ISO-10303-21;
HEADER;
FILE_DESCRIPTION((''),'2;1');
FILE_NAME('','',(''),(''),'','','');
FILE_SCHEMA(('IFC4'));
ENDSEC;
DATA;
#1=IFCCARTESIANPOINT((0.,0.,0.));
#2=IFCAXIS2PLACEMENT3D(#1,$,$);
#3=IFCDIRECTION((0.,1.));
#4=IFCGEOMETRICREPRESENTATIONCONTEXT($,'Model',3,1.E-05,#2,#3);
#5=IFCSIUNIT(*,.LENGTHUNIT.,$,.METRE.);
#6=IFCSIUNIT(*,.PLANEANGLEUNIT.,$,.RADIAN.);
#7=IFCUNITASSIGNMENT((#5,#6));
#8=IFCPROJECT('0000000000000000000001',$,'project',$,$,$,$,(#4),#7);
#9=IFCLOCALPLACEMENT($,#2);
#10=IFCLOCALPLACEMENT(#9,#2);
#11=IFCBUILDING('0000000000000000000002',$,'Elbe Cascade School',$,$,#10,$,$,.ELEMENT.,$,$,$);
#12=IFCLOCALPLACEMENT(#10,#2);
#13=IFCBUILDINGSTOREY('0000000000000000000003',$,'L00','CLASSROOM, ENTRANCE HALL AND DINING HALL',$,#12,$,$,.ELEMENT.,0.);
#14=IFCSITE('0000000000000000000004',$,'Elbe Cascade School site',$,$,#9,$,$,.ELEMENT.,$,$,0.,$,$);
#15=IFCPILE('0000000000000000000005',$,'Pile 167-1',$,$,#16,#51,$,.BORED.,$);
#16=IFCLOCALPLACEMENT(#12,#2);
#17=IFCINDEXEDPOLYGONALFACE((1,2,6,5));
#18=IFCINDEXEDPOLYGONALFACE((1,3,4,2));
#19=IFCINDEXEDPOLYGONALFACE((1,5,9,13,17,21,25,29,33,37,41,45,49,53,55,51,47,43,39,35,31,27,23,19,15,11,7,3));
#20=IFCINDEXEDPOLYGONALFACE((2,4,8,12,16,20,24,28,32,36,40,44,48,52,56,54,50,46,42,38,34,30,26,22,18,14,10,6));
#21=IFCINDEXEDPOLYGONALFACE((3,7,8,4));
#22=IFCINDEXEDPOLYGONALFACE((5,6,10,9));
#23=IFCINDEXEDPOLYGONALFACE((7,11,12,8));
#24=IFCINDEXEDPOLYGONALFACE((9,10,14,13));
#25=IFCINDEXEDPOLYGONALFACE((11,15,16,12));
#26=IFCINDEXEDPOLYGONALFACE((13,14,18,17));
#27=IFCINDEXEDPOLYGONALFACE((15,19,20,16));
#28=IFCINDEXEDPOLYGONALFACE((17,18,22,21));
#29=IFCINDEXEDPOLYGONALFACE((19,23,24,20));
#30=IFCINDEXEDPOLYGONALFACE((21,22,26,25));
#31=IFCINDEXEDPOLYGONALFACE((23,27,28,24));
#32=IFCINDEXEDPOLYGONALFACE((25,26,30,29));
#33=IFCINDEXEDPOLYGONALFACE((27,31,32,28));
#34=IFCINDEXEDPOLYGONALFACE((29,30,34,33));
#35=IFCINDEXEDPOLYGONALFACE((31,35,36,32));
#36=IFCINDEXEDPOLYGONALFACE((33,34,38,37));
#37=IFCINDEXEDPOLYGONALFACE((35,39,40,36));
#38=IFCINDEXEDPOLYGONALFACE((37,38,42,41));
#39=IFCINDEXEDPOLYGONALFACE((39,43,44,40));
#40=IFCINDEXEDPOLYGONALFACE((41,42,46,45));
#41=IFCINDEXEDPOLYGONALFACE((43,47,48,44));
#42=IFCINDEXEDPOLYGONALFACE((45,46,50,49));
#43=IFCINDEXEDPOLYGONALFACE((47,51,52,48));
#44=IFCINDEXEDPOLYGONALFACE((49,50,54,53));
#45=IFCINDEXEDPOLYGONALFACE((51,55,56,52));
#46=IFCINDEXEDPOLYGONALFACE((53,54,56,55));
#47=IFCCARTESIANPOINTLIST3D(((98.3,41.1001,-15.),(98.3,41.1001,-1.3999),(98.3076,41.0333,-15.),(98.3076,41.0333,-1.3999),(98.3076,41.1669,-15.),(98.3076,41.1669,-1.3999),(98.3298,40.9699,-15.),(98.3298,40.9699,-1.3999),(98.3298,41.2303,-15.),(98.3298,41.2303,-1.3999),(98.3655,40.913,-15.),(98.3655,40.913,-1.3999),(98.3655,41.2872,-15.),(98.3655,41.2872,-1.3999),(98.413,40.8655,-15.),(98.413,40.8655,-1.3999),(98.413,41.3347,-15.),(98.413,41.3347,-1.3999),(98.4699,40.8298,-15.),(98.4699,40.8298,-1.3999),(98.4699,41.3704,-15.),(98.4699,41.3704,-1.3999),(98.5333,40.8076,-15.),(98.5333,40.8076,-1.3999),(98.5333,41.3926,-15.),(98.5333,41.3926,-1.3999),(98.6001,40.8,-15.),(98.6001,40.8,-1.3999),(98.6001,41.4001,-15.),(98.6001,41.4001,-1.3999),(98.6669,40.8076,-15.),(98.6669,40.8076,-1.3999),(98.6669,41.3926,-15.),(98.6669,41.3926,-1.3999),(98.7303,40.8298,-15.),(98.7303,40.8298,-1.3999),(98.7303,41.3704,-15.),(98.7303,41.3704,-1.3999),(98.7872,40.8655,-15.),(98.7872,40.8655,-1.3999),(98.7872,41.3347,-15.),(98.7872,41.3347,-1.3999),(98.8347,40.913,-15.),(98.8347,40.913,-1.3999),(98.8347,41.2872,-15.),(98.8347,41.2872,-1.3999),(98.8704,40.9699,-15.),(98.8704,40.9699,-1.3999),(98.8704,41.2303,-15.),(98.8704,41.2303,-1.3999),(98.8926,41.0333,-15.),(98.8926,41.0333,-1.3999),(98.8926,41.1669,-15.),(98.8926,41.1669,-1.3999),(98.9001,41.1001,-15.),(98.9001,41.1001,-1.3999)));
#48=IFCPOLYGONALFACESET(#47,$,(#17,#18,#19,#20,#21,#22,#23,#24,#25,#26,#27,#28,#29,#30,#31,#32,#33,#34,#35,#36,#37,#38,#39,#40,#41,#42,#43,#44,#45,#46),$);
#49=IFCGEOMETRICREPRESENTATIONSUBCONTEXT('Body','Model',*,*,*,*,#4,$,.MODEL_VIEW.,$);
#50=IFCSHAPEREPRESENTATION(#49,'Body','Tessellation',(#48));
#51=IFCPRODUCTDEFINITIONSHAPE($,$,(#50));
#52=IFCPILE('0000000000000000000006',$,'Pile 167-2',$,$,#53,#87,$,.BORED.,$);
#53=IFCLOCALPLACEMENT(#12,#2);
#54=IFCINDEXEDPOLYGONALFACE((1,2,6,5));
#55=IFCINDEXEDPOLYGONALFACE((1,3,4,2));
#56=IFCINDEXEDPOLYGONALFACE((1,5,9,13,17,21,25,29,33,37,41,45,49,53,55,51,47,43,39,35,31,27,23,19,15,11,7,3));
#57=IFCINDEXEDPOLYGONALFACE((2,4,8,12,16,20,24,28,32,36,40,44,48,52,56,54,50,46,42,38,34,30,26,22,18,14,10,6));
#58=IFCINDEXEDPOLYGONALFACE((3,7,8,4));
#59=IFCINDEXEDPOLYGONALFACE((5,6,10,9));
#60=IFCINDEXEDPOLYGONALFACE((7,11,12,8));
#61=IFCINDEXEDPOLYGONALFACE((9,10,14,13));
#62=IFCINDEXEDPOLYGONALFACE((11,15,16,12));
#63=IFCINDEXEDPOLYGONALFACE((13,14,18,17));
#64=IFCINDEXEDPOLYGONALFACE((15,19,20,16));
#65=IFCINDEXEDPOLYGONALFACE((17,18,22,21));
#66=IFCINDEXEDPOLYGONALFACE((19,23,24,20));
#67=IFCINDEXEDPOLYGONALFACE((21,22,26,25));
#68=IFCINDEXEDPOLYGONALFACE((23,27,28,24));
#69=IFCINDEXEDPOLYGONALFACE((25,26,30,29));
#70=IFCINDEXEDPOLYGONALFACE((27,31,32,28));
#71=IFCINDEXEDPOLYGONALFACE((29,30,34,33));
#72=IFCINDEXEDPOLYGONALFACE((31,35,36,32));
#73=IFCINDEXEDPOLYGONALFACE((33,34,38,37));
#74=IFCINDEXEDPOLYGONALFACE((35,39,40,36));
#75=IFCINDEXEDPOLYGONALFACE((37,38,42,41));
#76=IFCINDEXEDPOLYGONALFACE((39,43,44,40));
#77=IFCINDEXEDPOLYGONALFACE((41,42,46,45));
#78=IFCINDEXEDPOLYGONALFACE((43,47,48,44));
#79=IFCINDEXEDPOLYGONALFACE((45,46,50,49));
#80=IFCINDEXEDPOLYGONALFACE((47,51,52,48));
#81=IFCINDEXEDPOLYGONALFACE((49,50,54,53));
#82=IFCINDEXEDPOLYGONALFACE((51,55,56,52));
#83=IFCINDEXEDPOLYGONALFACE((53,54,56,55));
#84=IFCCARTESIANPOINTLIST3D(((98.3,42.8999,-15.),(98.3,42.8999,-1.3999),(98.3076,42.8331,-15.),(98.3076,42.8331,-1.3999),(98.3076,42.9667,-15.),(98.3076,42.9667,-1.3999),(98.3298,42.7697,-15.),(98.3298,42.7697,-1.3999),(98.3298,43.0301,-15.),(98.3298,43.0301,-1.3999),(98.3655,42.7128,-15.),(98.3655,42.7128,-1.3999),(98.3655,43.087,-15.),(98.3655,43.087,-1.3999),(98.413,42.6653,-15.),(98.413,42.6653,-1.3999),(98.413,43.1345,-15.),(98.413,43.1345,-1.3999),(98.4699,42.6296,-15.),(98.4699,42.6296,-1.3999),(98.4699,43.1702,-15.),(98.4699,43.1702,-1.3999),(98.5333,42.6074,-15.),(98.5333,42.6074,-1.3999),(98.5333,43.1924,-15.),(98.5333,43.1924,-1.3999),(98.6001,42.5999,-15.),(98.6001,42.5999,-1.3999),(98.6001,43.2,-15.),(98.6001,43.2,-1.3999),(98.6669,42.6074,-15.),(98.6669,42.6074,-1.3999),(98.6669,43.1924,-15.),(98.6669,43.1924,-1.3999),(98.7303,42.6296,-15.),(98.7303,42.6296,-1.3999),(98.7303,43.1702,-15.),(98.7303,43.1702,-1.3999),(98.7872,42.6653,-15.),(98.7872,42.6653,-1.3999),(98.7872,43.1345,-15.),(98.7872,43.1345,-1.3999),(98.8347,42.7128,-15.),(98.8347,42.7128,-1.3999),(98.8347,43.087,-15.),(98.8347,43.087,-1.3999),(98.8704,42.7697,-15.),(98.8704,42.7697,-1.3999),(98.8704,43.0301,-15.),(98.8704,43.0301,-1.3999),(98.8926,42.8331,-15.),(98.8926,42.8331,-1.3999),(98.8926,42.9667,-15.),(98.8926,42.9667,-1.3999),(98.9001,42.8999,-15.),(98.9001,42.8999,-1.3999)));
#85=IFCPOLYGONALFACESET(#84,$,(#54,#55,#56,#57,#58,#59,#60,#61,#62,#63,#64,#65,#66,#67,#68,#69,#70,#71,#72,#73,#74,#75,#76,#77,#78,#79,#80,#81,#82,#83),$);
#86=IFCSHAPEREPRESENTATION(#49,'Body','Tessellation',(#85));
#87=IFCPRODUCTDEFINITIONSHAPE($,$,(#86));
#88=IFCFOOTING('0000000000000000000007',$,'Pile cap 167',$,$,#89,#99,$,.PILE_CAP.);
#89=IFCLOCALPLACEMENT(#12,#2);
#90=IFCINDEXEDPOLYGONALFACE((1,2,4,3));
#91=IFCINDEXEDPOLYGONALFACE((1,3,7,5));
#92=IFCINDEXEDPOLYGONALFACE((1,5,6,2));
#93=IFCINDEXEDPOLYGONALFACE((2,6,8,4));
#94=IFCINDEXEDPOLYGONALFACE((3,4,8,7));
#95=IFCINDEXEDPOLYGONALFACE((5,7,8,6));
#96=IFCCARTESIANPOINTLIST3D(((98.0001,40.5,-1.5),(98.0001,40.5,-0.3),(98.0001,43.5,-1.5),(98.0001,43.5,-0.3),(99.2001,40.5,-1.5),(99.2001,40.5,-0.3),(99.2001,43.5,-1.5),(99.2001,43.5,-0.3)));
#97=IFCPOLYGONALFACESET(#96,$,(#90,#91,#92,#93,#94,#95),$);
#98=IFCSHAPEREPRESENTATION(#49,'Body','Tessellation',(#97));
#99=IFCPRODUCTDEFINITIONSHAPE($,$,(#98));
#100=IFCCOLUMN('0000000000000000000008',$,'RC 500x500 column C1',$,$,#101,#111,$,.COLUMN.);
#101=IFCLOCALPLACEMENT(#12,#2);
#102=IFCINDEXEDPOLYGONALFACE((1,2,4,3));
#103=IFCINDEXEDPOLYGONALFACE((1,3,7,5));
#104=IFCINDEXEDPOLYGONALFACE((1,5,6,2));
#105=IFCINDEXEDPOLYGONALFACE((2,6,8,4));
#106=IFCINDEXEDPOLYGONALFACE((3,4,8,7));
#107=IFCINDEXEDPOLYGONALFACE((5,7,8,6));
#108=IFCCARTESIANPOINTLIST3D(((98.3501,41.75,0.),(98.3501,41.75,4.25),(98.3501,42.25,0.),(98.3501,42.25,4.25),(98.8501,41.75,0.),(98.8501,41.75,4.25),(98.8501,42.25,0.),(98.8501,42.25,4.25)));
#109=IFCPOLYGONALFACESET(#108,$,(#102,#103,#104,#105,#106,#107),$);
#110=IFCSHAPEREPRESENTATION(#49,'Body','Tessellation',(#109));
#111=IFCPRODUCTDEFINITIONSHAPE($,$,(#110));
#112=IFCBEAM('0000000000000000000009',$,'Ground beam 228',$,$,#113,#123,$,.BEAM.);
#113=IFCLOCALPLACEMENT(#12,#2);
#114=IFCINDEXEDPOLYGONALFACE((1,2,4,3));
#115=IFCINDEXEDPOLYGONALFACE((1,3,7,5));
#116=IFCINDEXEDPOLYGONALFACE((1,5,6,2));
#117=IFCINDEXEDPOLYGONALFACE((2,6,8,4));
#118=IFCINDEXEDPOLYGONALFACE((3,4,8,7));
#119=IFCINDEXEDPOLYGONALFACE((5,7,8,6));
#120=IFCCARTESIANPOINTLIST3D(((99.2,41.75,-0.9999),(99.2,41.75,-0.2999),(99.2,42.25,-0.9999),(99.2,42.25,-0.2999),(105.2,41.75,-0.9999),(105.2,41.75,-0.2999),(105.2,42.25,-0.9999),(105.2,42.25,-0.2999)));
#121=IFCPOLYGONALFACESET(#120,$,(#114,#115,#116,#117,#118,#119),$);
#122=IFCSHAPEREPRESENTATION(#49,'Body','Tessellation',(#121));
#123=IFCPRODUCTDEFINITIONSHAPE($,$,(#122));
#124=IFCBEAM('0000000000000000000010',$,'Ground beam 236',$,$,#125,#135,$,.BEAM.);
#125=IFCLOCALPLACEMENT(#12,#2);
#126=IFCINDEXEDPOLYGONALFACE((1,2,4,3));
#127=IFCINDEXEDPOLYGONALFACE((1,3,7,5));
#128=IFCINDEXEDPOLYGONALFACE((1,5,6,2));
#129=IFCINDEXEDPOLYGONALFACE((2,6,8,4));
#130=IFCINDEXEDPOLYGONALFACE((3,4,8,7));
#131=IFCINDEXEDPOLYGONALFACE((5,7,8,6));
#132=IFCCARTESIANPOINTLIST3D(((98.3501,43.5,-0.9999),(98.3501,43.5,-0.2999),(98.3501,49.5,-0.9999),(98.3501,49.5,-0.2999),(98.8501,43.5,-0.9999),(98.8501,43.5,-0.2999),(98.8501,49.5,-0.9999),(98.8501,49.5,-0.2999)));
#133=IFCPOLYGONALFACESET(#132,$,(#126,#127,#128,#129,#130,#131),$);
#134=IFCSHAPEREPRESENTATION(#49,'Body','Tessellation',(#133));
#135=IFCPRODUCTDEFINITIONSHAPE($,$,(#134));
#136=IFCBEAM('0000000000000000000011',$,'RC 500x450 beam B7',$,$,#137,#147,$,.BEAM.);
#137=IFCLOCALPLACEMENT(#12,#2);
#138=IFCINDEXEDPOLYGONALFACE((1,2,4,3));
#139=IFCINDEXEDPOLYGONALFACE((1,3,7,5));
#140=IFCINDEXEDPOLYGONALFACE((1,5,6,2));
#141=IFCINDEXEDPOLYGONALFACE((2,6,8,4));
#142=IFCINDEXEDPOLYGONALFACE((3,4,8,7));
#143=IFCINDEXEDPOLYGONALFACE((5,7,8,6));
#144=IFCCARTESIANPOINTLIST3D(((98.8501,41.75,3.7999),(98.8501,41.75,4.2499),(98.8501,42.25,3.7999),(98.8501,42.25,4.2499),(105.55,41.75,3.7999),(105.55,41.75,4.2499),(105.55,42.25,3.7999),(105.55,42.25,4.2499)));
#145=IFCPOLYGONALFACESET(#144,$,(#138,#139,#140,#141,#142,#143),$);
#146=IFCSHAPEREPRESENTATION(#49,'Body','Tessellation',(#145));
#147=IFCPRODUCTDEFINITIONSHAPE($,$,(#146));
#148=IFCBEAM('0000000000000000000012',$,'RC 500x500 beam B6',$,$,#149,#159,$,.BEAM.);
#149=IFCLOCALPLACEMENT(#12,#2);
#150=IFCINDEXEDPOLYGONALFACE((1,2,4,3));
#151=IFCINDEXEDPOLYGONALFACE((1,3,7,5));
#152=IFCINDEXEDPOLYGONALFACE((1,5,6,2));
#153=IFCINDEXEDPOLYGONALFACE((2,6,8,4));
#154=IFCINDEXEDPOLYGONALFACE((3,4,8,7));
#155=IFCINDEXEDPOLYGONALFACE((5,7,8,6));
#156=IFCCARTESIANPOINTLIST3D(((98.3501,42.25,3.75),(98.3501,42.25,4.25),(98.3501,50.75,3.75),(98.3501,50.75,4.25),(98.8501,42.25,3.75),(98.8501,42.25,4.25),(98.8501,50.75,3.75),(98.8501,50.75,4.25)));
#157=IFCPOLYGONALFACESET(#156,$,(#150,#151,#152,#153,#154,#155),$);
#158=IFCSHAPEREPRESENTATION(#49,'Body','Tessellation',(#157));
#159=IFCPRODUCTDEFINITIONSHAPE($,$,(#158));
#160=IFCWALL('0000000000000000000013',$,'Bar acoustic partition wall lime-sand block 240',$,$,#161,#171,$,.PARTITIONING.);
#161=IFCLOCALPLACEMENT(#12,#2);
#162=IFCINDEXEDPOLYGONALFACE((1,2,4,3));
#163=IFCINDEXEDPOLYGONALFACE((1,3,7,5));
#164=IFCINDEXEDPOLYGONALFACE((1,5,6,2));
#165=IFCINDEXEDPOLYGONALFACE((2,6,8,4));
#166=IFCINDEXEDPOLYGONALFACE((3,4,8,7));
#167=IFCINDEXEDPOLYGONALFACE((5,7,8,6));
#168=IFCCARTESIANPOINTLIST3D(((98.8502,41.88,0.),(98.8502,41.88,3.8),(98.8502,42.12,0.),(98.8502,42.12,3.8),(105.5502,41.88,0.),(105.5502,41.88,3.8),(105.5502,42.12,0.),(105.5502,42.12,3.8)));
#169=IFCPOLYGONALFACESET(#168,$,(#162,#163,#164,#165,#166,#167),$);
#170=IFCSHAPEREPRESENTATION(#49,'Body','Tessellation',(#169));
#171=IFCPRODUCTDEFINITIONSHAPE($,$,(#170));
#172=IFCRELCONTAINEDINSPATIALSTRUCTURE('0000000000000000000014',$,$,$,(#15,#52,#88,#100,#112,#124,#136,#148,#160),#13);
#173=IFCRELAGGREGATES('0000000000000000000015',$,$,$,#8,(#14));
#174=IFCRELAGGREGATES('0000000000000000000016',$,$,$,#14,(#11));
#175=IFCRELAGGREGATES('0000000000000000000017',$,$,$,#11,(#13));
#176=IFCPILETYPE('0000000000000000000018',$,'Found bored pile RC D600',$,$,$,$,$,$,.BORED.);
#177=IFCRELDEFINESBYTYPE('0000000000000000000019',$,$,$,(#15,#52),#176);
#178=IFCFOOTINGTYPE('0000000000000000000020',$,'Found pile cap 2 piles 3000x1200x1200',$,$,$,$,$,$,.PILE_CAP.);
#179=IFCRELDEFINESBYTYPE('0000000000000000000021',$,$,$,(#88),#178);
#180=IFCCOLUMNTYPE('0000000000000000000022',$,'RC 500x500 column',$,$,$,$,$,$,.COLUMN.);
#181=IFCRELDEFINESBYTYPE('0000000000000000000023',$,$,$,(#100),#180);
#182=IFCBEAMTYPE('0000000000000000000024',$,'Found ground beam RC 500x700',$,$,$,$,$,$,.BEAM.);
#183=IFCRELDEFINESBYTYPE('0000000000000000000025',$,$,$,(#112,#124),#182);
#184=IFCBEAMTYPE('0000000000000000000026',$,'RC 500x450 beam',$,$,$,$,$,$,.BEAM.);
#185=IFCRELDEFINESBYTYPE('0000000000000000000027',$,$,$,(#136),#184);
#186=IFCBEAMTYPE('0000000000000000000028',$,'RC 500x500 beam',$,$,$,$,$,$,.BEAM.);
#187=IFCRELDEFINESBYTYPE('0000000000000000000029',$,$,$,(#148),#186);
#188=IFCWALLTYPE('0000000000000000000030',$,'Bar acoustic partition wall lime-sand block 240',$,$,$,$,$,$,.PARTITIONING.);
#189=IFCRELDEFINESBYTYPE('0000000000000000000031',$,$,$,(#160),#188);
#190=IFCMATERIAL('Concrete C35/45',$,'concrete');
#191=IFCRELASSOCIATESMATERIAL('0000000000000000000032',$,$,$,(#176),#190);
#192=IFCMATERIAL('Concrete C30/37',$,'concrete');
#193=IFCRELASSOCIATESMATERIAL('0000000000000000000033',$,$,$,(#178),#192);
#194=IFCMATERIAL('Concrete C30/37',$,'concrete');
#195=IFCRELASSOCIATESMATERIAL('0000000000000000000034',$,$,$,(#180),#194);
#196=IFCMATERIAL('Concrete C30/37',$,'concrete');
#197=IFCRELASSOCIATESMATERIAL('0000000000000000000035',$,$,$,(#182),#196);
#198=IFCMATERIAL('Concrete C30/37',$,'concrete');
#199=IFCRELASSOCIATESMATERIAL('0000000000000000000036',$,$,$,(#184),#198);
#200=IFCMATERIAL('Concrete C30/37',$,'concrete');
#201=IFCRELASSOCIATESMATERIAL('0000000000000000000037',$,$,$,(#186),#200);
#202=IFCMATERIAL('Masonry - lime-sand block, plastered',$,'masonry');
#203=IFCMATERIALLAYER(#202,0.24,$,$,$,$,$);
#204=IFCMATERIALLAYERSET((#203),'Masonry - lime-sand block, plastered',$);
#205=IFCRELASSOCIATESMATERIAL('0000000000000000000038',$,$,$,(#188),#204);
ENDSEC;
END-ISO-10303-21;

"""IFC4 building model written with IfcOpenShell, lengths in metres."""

from ifc_helpers import new_model, si_unit, direction, frame, frame_2d, origin, origin_2d, place, context, subcontext, project, spatial, rectangle, circle, extrude, material, layer, layer_set, material_profile, profile_set, type_object, element, save


model = new_model("IFC4")

# Units and contexts
model_context = context("Model", 3, precision=1e-05, world=origin(), true_north=direction((0.0, 1.0)))
body_context = subcontext(model_context, "Body", "Model", "MODEL_VIEW")
ifc_project = project(units=[si_unit("LENGTHUNIT", "METRE"), si_unit("PLANEANGLEUNIT", "RADIAN")], contexts=[model_context])

# Site, building, storey
site_placement = place(None, origin())
site = spatial("IfcSite", under=ifc_project, at=site_placement, Name="Elbe Cascade School site", CompositionType="ELEMENT", RefElevation=0.0)
building_placement = place(site_placement, origin())
building = spatial("IfcBuilding", under=site, at=building_placement, Name="Elbe Cascade School", CompositionType="ELEMENT")
storey_placement = place(building_placement, origin())
storey = spatial("IfcBuildingStorey", under=building, at=storey_placement, Name="L00", Description="CLASSROOM, ENTRANCE HALL AND DINING HALL", CompositionType="ELEMENT", Elevation=0.0)

# Piles
ifc_material_1 = material(Name="Concrete C35/45", Category="concrete")
ifc_material_profile_1 = material_profile(ifc_material_1, circle(Radius=0.3, at=origin_2d()), Name="RC D600")
ifc_profile_set_1 = profile_set([ifc_material_profile_1], Name="Concrete C35/45")
pile_type = type_object("IfcPileType", Name="Found bored pile RC D600", PredefinedType="BORED", material=ifc_profile_set_1)
for number, where, z_axis, x_axis, name in (
    (1, (98.6001, 41.1001, -1.3999), (0.0, 0.0, -1.0), (1.0, 0.0, 0.0), "Pile 167-1"),
    (2, (98.6001, 42.8999, -1.3999), (0.0, 0.0, -1.0), (1.0, 0.0, 0.0), "Pile 167-2"),
):
    element("IfcPile", number, at=place(storey_placement, frame(where, z_axis=z_axis, x_axis=x_axis)), inside=storey, type_object=pile_type, Name=name, PredefinedType="BORED", context=body_context, shape_type="SweptSolid", body=[
        extrude(circle(Radius=0.3, at=origin_2d()), origin(), (0.0, 0.0, 1.0), 13.6001),
    ])

# Footing
ifc_material_2 = material(Name="Concrete C30/37", Category="concrete")
footing_type = type_object("IfcFootingType", Name="Found pile cap 2 piles 3000x1200x1200", PredefinedType="PILE_CAP", material=ifc_material_2)
footing_placement = place(storey_placement, frame((98.6001, 42.0, -1.5), z_axis=(0.0, 0.0, 1.0), x_axis=(1.0, 0.0, 0.0)))
element("IfcFooting", 3, at=footing_placement, inside=storey, type_object=footing_type, Name="Pile cap 167", PredefinedType="PILE_CAP", context=body_context, shape_type="SweptSolid", body=[
    extrude(rectangle(XDim=1.2, YDim=3.0, at=origin_2d()), origin(), (0.0, 0.0, 1.0), 1.2),
])

# Column
ifc_material_3 = material(Name="Concrete C30/37", Category="concrete")
ifc_material_profile_2 = material_profile(ifc_material_3, rectangle(XDim=0.5, YDim=0.5, at=origin_2d()), Name="RC 500x500")
ifc_profile_set_2 = profile_set([ifc_material_profile_2], Name="Concrete C30/37")
column_type = type_object("IfcColumnType", Name="RC 500x500 column", PredefinedType="COLUMN", material=ifc_profile_set_2)
column_placement = place(storey_placement, frame((98.6001, 42.0, 0.0), z_axis=(0.0, 0.0, 1.0), x_axis=(1.0, 0.0, 0.0)))
element("IfcColumn", 4, at=column_placement, inside=storey, type_object=column_type, Name="RC 500x500 column C1", PredefinedType="COLUMN", context=body_context, shape_type="SweptSolid", body=[
    extrude(rectangle(XDim=0.5, YDim=0.5, at=origin_2d()), origin(), (0.0, 0.0, 1.0), 4.25),
])

# Beams
ifc_material_4 = material(Name="Concrete C30/37", Category="concrete")
ifc_material_profile_3 = material_profile(ifc_material_4, rectangle(XDim=0.5, YDim=0.7, at=origin_2d()), Name="RC 500x700")
ifc_profile_set_3 = profile_set([ifc_material_profile_3], Name="Concrete C30/37")
beam_type_1 = type_object("IfcBeamType", Name="Found ground beam RC 500x700", PredefinedType="BEAM", material=ifc_profile_set_3)
for number, where, z_axis, x_axis, name in (
    (5, (99.2, 42.0, -0.6499), (1.0, 0.0, 0.0), (0.0, 1.0, 0.0), "Ground beam 228"),
    (6, (98.6001, 43.5, -0.6499), (0.0, 1.0, 0.0), (-1.0, 0.0, 0.0), "Ground beam 236"),
):
    element("IfcBeam", number, at=place(storey_placement, frame(where, z_axis=z_axis, x_axis=x_axis)), inside=storey, type_object=beam_type_1, Name=name, PredefinedType="BEAM", context=body_context, shape_type="SweptSolid", body=[
        extrude(rectangle(XDim=0.5, YDim=0.7, at=origin_2d()), origin(), (0.0, 0.0, 1.0), 6.0),
    ])
ifc_material_5 = material(Name="Concrete C30/37", Category="concrete")
ifc_material_profile_4 = material_profile(ifc_material_5, rectangle(XDim=0.5, YDim=0.45, at=origin_2d()), Name="RC 500x450")
ifc_profile_set_4 = profile_set([ifc_material_profile_4], Name="Concrete C30/37")
beam_type_2 = type_object("IfcBeamType", Name="RC 500x450 beam", PredefinedType="BEAM", material=ifc_profile_set_4)
beam_1_placement = place(storey_placement, frame((98.8501, 42.0, 4.0249), z_axis=(1.0, 0.0, 0.0), x_axis=(0.0, 1.0, 0.0)))
element("IfcBeam", 7, at=beam_1_placement, inside=storey, type_object=beam_type_2, Name="RC 500x450 beam B7", PredefinedType="BEAM", context=body_context, shape_type="SweptSolid", body=[
    extrude(rectangle(XDim=0.5, YDim=0.45, at=origin_2d()), origin(), (0.0, 0.0, 1.0), 6.7),
])
ifc_material_6 = material(Name="Concrete C30/37", Category="concrete")
ifc_material_profile_5 = material_profile(ifc_material_6, rectangle(XDim=0.5, YDim=0.5, at=origin_2d()), Name="RC 500x500")
ifc_profile_set_5 = profile_set([ifc_material_profile_5], Name="Concrete C30/37")
beam_type_3 = type_object("IfcBeamType", Name="RC 500x500 beam", PredefinedType="BEAM", material=ifc_profile_set_5)
beam_2_placement = place(storey_placement, frame((98.6001, 42.25, 4.0), z_axis=(0.0, 1.0, 0.0), x_axis=(-1.0, 0.0, 0.0)))
element("IfcBeam", 8, at=beam_2_placement, inside=storey, type_object=beam_type_3, Name="RC 500x500 beam B6", PredefinedType="BEAM", context=body_context, shape_type="SweptSolid", body=[
    extrude(rectangle(XDim=0.5, YDim=0.5, at=origin_2d()), origin(), (0.0, 0.0, 1.0), 8.5),
])

# Wall
ifc_material_7 = material(Name="Masonry - lime-sand block, plastered", Category="masonry")
ifc_layer_1 = layer(ifc_material_7, 0.24)
ifc_layer_set_1 = layer_set([ifc_layer_1], Name="Masonry - lime-sand block, plastered")
wall_type_1 = type_object("IfcWallType", Name="Bar acoustic partition wall lime-sand block 240", PredefinedType="PARTITIONING", material=ifc_layer_set_1)
wall_1_placement = place(storey_placement, frame((98.8501, 42.0, 0.0), z_axis=(0.0, 0.0, 1.0), x_axis=(1.0, 0.0, 0.0)))
element("IfcWall", 9, at=wall_1_placement, inside=storey, type_object=wall_type_1, Name="Bar acoustic partition wall lime-sand block 240", PredefinedType="PARTITIONING", context=body_context, shape_type="SweptSolid", body=[
    extrude(rectangle(XDim=6.7, YDim=0.24, at=frame_2d((3.3501, 0.0))), origin(), (0.0, 0.0, 1.0), 3.8),
])

save(model, "model.ifc")
